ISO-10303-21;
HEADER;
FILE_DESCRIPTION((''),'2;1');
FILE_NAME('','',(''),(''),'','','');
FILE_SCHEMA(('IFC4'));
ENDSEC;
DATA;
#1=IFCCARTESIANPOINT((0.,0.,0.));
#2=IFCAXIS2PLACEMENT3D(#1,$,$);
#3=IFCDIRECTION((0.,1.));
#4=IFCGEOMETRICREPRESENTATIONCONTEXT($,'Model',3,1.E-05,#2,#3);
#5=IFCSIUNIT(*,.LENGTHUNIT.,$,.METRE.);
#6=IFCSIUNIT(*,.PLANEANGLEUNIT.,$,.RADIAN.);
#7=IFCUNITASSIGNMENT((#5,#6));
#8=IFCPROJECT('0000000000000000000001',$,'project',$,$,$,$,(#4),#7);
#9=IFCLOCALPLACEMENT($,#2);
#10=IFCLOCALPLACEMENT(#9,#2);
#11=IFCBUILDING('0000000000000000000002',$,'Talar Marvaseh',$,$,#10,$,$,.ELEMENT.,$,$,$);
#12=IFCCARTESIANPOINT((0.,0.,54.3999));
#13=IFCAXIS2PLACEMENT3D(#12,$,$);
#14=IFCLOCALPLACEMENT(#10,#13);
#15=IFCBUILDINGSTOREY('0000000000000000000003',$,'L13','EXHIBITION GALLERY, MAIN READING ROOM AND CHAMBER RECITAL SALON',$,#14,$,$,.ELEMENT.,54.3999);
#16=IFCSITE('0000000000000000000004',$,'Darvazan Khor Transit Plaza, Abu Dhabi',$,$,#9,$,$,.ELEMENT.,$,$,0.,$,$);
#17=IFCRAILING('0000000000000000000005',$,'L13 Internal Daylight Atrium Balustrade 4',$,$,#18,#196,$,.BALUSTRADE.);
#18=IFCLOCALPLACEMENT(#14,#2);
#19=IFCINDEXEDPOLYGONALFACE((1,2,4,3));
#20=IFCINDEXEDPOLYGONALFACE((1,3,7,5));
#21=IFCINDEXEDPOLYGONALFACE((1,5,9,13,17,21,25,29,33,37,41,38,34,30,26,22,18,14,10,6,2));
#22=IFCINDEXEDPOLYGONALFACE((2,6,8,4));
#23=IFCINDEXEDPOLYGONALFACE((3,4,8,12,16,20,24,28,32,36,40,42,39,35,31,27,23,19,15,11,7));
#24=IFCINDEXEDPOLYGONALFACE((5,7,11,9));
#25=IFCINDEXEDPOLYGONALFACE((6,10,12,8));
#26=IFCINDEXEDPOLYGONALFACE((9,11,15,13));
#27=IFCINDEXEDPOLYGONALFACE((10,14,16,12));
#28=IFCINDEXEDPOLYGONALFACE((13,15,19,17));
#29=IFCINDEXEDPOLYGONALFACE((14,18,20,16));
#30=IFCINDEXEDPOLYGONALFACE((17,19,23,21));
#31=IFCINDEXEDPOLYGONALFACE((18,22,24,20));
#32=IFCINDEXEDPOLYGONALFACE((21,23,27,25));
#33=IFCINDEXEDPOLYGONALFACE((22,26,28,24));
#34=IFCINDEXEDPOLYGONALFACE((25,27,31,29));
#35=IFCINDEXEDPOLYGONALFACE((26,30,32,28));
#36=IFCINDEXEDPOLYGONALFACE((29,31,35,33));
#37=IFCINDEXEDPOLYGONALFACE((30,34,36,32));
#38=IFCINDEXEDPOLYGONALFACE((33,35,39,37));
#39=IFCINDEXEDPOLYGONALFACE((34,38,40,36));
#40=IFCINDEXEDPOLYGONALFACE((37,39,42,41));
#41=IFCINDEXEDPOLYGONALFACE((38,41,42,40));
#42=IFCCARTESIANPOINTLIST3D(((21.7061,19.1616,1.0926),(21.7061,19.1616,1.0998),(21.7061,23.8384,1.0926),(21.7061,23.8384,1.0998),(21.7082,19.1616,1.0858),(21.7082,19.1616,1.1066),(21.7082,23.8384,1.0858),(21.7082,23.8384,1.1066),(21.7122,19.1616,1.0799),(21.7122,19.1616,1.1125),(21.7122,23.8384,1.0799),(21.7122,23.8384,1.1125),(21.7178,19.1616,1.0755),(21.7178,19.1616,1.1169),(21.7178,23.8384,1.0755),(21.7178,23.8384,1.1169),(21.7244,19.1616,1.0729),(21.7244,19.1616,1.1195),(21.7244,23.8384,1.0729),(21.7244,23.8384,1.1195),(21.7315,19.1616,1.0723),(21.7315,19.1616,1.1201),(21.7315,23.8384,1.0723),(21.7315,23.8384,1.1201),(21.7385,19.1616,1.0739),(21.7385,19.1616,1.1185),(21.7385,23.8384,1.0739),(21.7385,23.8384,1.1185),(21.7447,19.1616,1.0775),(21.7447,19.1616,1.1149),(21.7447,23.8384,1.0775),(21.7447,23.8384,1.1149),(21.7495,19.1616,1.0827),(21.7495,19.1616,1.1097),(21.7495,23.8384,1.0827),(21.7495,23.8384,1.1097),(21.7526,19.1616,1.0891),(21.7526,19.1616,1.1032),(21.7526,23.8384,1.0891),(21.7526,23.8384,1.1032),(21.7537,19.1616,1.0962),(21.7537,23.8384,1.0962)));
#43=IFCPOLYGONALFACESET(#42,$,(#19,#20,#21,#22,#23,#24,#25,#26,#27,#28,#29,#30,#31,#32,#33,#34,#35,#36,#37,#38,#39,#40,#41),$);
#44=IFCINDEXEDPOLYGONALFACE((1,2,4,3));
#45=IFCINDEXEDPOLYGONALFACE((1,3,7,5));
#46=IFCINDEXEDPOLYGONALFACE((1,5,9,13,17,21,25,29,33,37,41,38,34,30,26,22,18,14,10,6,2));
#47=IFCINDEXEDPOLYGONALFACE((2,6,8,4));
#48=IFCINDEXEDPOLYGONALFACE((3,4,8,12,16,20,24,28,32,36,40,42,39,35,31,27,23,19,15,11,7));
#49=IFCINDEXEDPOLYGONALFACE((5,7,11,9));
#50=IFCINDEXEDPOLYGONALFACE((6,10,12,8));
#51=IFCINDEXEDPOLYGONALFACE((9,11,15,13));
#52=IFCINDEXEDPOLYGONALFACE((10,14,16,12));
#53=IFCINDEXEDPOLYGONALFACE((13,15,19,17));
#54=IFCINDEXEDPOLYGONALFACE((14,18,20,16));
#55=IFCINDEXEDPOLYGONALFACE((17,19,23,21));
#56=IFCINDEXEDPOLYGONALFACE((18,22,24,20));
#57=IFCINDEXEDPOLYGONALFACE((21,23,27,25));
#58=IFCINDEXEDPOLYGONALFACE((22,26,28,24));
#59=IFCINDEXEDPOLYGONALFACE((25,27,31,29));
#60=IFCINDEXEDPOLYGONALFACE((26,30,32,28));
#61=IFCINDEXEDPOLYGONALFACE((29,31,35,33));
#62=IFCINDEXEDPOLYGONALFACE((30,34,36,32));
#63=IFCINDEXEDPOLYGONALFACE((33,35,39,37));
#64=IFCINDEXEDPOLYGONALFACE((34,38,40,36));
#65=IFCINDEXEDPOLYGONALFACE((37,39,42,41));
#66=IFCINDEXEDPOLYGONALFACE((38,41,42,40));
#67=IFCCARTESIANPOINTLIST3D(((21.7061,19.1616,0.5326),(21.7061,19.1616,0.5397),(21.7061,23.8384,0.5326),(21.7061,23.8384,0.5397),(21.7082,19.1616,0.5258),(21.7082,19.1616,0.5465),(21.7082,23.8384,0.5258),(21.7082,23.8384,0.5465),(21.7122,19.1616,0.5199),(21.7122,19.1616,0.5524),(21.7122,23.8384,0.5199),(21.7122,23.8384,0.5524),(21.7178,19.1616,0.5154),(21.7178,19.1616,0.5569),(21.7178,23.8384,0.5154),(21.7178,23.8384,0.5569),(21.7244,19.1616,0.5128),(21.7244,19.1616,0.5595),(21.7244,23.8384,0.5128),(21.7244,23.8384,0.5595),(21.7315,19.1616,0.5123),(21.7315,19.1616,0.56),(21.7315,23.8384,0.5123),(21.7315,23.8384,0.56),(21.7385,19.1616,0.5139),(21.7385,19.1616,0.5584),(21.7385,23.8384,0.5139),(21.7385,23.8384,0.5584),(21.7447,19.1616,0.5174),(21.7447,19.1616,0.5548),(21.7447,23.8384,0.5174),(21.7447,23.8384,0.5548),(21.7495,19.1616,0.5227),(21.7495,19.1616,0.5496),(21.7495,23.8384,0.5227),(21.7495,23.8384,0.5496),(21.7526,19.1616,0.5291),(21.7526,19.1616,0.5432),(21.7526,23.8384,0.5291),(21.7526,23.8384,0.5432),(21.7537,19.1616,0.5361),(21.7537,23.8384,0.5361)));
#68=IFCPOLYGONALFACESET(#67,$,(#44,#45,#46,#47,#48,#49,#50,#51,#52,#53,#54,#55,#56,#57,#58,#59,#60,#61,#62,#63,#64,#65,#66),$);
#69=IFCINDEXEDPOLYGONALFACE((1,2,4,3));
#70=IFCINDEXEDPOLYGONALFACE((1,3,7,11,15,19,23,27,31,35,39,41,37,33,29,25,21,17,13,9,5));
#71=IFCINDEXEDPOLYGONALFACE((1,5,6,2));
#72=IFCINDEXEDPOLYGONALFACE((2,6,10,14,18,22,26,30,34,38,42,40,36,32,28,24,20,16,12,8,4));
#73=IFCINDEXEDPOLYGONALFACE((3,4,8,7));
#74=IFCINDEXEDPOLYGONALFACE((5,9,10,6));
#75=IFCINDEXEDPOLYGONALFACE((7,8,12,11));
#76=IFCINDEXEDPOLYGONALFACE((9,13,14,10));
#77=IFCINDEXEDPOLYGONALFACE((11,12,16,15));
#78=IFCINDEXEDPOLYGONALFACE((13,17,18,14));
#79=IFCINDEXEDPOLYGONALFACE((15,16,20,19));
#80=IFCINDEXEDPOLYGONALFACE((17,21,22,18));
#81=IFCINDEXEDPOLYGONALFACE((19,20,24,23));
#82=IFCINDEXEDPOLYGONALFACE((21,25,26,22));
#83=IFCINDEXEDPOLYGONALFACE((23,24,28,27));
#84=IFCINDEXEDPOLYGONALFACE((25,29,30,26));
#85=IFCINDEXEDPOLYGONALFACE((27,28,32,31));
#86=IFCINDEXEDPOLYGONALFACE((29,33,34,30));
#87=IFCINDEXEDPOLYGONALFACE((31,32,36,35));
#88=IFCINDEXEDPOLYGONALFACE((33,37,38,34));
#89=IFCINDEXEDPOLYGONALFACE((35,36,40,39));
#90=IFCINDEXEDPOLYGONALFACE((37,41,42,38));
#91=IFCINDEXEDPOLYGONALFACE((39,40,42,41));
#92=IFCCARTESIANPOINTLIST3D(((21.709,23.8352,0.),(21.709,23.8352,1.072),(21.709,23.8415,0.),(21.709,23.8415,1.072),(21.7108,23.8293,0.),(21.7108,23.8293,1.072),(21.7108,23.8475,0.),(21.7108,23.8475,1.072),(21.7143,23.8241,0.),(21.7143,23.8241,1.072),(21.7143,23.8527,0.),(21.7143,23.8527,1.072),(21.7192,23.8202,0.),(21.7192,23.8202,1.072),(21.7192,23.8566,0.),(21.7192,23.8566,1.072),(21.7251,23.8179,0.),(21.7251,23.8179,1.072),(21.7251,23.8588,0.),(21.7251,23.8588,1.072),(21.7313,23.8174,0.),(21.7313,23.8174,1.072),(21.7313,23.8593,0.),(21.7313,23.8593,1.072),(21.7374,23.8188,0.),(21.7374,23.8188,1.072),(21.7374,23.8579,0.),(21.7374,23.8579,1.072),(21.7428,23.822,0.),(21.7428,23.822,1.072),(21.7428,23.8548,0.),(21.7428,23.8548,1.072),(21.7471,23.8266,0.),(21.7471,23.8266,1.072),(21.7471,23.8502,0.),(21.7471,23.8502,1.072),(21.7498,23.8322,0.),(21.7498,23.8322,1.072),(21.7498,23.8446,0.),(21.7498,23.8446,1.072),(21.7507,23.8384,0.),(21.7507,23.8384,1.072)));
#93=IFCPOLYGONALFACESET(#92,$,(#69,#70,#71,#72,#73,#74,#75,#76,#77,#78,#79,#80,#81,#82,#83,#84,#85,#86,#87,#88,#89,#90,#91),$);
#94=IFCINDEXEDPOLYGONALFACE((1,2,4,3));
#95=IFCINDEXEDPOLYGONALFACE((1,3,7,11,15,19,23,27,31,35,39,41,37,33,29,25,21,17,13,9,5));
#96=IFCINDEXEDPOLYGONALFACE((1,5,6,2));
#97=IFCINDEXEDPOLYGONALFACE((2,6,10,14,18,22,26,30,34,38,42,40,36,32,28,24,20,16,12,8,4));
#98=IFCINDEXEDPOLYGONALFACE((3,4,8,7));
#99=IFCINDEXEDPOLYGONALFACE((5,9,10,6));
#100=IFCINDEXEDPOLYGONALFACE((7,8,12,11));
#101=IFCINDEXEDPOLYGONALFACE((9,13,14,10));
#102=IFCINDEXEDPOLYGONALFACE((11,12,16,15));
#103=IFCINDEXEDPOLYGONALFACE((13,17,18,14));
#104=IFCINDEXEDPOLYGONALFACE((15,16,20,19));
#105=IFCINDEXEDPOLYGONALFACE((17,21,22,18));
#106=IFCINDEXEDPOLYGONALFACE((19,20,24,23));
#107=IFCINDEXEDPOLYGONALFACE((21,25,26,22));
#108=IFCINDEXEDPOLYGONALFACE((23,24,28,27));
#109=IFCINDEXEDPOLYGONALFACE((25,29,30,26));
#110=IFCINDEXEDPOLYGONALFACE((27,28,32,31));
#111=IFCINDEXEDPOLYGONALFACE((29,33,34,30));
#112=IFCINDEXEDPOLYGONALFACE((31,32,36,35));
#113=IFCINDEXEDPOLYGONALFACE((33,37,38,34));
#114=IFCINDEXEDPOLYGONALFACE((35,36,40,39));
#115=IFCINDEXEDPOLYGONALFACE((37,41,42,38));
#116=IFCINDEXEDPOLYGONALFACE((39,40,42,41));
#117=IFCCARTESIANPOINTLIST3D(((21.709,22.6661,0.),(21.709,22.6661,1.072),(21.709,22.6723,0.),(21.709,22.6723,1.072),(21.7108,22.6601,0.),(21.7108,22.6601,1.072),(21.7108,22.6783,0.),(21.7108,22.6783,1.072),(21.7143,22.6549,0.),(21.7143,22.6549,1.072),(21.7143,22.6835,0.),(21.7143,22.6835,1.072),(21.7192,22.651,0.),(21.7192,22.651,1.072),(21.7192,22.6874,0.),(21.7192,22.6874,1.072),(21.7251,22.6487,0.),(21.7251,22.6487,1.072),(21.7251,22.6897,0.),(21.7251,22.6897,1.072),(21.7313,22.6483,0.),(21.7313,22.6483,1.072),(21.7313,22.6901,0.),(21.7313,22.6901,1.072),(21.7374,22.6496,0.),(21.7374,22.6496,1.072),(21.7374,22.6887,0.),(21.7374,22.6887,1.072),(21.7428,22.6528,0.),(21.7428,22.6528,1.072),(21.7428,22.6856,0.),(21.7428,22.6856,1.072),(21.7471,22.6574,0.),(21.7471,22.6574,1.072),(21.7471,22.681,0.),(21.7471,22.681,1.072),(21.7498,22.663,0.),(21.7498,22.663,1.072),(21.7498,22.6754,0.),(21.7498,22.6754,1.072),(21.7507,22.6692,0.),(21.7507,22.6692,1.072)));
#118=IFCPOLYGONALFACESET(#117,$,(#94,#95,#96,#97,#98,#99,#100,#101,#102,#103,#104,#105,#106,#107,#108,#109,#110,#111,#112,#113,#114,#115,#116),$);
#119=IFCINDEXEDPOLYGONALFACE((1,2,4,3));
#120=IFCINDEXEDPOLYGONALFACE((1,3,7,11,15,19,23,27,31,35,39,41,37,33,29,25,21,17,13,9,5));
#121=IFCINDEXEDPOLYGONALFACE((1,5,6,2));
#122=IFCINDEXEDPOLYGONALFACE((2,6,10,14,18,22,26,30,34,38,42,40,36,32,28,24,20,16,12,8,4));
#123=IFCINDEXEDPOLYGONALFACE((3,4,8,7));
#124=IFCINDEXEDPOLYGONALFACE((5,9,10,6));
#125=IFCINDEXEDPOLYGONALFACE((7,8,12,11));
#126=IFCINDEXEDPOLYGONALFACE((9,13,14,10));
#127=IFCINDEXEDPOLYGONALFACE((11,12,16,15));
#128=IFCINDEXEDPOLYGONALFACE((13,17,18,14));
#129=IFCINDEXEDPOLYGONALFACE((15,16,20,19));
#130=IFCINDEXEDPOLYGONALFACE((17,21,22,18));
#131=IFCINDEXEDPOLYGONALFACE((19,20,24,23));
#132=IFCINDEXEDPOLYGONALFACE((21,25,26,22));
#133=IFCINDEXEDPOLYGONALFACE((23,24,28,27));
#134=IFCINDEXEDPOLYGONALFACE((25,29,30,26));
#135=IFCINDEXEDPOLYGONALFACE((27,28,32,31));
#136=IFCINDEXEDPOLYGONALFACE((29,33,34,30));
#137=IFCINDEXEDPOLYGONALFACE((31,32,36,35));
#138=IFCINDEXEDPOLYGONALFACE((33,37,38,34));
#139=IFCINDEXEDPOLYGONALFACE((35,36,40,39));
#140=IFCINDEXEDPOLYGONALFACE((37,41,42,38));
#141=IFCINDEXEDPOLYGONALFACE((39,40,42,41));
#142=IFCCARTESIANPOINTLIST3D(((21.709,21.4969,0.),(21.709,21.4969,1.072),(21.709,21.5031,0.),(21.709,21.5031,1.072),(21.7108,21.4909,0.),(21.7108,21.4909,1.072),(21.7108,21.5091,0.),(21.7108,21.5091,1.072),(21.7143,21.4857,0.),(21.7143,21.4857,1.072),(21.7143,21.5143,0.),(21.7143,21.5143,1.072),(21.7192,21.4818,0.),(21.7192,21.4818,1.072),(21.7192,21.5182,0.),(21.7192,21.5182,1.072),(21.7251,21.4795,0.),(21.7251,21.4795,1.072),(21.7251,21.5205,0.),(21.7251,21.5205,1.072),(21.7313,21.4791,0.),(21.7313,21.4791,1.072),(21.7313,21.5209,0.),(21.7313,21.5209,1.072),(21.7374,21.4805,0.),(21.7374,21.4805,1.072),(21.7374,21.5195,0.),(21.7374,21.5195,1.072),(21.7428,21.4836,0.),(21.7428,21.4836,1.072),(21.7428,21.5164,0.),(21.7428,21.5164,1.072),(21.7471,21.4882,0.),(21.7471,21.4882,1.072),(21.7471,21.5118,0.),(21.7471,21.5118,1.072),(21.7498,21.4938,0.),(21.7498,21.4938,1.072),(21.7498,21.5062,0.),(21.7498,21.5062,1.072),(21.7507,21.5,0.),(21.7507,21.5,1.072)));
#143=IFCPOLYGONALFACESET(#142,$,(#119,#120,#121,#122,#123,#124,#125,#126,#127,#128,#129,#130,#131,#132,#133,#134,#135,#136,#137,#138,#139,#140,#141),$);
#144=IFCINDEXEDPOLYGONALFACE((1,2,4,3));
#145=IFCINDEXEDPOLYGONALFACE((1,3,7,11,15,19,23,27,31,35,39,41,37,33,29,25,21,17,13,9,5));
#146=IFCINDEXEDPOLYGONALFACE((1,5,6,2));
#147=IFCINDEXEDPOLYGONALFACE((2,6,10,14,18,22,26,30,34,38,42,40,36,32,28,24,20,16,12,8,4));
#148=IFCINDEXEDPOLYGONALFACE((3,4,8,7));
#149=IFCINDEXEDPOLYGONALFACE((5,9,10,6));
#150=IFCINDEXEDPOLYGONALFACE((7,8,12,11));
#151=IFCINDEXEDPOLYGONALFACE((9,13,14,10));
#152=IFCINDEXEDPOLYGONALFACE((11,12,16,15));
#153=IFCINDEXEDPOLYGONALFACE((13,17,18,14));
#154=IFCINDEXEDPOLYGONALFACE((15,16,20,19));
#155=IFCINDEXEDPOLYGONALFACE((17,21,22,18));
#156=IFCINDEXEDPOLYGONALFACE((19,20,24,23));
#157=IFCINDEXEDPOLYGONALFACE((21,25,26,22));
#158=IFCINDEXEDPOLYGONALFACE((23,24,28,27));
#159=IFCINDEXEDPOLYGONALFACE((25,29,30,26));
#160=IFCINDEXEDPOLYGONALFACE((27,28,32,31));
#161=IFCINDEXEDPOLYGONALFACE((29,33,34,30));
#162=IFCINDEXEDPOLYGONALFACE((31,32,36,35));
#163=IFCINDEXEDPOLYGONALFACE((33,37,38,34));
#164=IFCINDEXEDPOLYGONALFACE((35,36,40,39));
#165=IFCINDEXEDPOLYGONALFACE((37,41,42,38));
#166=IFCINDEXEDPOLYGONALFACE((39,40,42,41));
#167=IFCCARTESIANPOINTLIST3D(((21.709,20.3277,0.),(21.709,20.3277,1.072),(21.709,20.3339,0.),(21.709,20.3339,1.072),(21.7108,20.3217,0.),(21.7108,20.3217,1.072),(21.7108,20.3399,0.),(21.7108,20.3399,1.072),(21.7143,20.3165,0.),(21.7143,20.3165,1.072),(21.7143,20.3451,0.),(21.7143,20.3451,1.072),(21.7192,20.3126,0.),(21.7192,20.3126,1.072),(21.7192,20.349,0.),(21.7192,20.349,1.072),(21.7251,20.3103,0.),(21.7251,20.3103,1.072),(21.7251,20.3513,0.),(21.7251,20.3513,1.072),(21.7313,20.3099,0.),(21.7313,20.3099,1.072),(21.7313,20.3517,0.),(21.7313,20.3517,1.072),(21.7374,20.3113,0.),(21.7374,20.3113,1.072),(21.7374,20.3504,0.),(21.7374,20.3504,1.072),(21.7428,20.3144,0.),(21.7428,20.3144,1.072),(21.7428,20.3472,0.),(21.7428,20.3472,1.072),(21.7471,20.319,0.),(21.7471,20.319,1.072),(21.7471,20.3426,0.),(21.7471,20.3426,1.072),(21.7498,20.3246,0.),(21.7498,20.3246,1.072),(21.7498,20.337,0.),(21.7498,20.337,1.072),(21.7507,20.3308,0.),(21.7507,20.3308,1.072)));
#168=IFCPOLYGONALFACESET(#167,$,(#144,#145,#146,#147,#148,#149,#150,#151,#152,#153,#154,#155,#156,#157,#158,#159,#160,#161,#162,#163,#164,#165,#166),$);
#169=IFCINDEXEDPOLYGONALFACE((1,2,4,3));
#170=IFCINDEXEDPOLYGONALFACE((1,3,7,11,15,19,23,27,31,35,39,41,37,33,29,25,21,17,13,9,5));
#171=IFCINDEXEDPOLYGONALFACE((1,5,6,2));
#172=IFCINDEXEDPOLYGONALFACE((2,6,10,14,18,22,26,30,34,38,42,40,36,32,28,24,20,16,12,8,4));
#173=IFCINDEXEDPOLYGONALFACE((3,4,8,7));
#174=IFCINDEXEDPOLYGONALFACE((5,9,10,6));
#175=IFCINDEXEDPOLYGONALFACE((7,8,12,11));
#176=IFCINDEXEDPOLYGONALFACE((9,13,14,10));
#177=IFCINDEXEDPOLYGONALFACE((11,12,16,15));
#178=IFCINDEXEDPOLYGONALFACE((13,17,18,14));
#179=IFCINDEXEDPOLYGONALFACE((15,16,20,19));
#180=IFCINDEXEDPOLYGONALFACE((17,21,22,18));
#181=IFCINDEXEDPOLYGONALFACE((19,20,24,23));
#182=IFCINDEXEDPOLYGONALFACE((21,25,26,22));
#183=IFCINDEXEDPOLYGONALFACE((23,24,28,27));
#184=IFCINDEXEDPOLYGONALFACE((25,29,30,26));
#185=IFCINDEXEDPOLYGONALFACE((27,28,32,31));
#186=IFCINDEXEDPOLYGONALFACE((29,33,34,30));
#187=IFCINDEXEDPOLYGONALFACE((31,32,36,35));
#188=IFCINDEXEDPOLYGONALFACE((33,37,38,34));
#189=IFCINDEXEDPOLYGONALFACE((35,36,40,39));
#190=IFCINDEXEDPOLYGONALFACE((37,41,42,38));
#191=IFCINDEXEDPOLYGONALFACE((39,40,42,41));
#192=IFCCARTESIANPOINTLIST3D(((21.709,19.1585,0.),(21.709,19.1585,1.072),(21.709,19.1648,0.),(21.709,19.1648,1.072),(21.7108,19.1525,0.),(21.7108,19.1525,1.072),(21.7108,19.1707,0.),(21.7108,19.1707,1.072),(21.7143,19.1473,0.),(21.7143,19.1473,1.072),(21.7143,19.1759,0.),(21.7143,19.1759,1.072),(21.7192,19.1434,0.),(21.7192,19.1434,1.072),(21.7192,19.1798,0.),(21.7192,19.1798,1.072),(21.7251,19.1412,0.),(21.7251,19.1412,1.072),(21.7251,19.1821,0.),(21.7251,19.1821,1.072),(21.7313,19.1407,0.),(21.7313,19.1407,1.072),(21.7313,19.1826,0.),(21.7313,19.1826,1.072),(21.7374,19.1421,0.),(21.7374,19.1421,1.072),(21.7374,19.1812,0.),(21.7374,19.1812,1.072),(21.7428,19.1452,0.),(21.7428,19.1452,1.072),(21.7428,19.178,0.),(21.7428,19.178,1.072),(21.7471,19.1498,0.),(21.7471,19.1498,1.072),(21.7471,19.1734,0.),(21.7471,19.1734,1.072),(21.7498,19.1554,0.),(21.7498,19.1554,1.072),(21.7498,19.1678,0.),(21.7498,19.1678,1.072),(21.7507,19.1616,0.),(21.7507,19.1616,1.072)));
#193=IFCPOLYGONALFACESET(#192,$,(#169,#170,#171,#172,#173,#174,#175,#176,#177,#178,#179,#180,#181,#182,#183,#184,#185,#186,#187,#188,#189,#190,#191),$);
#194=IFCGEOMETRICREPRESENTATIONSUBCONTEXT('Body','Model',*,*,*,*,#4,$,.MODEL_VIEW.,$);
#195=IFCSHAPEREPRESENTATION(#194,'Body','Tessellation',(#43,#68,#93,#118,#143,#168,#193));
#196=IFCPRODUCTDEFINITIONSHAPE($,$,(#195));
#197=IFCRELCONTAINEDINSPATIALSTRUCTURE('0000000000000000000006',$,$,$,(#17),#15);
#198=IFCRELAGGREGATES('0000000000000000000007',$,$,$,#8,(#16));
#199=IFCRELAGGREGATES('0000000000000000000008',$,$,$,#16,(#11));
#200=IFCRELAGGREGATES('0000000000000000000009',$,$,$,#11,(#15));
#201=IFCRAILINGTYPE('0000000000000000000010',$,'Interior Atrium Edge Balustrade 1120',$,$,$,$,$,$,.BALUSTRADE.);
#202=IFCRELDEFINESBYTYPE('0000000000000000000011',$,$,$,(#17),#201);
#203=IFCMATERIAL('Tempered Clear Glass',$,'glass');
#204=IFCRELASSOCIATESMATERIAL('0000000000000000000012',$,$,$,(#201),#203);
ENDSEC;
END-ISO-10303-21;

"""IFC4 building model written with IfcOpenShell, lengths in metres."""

from ifc_helpers import new_model, si_unit, direction, frame, origin, origin_2d, place, context, subcontext, project, spatial, circle, extrude, material, type_object, element, save


model = new_model("IFC4")

# Units and contexts
model_context = context("Model", 3, precision=1e-05, world=origin(), true_north=direction((0.0, 1.0)))
body_context = subcontext(model_context, "Body", "Model", "MODEL_VIEW")
ifc_project = project(units=[si_unit("LENGTHUNIT", "METRE"), si_unit("PLANEANGLEUNIT", "RADIAN")], contexts=[model_context])

# Site, building, storey
site_placement = place(None, origin())
site = spatial("IfcSite", under=ifc_project, at=site_placement, Name="Darvazan Khor Transit Plaza, Abu Dhabi", CompositionType="ELEMENT", RefElevation=0.0)
building_placement = place(site_placement, origin())
building = spatial("IfcBuilding", under=site, at=building_placement, Name="Talar Marvaseh", CompositionType="ELEMENT")
storey_placement = place(building_placement, frame((0.0, 0.0, 54.3999)))
storey = spatial("IfcBuildingStorey", under=building, at=storey_placement, Name="L13", Description="EXHIBITION GALLERY, MAIN READING ROOM AND CHAMBER RECITAL SALON", CompositionType="ELEMENT", Elevation=54.3999)

# Railing
ifc_material_1 = material(Name="Tempered Clear Glass", Category="glass")
railing_type_1 = type_object("IfcRailingType", Name="Interior Atrium Edge Balustrade 1120", PredefinedType="BALUSTRADE", material=ifc_material_1)
railing_1_placement = place(storey_placement, frame((21.7297, 23.8384, 0.0)))
element("IfcRailing", 1, at=railing_1_placement, inside=storey, type_object=railing_type_1, Name="L13 Internal Daylight Atrium Balustrade 4", PredefinedType="BALUSTRADE", context=body_context, shape_type="SweptSolid", body=[
    extrude(circle(Radius=0.0239, at=origin_2d()), frame((0.0, 0.0, 1.0962), z_axis=(0.0, -1.0, 0.0), x_axis=(1.0, 0.0, 0.0)), (0.0, 0.0, 1.0), 4.6768),
    extrude(circle(Radius=0.0239, at=origin_2d()), frame((0.0, 0.0, 0.5361), z_axis=(0.0, -1.0, 0.0), x_axis=(1.0, 0.0, 0.0)), (0.0, 0.0, 1.0), 4.6768),
    extrude(circle(Radius=0.021, at=origin_2d()), origin(), (0.0, 0.0, 1.0), 1.072),
    extrude(circle(Radius=0.021, at=origin_2d()), frame((0.0, -1.1692, 0.0)), (0.0, 0.0, 1.0), 1.072),
    extrude(circle(Radius=0.021, at=origin_2d()), frame((0.0, -2.3384, 0.0)), (0.0, 0.0, 1.0), 1.072),
    extrude(circle(Radius=0.021, at=origin_2d()), frame((0.0, -3.5076, 0.0)), (0.0, 0.0, 1.0), 1.072),
    extrude(circle(Radius=0.021, at=origin_2d()), frame((0.0, -4.6768, 0.0)), (0.0, 0.0, 1.0), 1.072),
])

save(model, "model.ifc")
